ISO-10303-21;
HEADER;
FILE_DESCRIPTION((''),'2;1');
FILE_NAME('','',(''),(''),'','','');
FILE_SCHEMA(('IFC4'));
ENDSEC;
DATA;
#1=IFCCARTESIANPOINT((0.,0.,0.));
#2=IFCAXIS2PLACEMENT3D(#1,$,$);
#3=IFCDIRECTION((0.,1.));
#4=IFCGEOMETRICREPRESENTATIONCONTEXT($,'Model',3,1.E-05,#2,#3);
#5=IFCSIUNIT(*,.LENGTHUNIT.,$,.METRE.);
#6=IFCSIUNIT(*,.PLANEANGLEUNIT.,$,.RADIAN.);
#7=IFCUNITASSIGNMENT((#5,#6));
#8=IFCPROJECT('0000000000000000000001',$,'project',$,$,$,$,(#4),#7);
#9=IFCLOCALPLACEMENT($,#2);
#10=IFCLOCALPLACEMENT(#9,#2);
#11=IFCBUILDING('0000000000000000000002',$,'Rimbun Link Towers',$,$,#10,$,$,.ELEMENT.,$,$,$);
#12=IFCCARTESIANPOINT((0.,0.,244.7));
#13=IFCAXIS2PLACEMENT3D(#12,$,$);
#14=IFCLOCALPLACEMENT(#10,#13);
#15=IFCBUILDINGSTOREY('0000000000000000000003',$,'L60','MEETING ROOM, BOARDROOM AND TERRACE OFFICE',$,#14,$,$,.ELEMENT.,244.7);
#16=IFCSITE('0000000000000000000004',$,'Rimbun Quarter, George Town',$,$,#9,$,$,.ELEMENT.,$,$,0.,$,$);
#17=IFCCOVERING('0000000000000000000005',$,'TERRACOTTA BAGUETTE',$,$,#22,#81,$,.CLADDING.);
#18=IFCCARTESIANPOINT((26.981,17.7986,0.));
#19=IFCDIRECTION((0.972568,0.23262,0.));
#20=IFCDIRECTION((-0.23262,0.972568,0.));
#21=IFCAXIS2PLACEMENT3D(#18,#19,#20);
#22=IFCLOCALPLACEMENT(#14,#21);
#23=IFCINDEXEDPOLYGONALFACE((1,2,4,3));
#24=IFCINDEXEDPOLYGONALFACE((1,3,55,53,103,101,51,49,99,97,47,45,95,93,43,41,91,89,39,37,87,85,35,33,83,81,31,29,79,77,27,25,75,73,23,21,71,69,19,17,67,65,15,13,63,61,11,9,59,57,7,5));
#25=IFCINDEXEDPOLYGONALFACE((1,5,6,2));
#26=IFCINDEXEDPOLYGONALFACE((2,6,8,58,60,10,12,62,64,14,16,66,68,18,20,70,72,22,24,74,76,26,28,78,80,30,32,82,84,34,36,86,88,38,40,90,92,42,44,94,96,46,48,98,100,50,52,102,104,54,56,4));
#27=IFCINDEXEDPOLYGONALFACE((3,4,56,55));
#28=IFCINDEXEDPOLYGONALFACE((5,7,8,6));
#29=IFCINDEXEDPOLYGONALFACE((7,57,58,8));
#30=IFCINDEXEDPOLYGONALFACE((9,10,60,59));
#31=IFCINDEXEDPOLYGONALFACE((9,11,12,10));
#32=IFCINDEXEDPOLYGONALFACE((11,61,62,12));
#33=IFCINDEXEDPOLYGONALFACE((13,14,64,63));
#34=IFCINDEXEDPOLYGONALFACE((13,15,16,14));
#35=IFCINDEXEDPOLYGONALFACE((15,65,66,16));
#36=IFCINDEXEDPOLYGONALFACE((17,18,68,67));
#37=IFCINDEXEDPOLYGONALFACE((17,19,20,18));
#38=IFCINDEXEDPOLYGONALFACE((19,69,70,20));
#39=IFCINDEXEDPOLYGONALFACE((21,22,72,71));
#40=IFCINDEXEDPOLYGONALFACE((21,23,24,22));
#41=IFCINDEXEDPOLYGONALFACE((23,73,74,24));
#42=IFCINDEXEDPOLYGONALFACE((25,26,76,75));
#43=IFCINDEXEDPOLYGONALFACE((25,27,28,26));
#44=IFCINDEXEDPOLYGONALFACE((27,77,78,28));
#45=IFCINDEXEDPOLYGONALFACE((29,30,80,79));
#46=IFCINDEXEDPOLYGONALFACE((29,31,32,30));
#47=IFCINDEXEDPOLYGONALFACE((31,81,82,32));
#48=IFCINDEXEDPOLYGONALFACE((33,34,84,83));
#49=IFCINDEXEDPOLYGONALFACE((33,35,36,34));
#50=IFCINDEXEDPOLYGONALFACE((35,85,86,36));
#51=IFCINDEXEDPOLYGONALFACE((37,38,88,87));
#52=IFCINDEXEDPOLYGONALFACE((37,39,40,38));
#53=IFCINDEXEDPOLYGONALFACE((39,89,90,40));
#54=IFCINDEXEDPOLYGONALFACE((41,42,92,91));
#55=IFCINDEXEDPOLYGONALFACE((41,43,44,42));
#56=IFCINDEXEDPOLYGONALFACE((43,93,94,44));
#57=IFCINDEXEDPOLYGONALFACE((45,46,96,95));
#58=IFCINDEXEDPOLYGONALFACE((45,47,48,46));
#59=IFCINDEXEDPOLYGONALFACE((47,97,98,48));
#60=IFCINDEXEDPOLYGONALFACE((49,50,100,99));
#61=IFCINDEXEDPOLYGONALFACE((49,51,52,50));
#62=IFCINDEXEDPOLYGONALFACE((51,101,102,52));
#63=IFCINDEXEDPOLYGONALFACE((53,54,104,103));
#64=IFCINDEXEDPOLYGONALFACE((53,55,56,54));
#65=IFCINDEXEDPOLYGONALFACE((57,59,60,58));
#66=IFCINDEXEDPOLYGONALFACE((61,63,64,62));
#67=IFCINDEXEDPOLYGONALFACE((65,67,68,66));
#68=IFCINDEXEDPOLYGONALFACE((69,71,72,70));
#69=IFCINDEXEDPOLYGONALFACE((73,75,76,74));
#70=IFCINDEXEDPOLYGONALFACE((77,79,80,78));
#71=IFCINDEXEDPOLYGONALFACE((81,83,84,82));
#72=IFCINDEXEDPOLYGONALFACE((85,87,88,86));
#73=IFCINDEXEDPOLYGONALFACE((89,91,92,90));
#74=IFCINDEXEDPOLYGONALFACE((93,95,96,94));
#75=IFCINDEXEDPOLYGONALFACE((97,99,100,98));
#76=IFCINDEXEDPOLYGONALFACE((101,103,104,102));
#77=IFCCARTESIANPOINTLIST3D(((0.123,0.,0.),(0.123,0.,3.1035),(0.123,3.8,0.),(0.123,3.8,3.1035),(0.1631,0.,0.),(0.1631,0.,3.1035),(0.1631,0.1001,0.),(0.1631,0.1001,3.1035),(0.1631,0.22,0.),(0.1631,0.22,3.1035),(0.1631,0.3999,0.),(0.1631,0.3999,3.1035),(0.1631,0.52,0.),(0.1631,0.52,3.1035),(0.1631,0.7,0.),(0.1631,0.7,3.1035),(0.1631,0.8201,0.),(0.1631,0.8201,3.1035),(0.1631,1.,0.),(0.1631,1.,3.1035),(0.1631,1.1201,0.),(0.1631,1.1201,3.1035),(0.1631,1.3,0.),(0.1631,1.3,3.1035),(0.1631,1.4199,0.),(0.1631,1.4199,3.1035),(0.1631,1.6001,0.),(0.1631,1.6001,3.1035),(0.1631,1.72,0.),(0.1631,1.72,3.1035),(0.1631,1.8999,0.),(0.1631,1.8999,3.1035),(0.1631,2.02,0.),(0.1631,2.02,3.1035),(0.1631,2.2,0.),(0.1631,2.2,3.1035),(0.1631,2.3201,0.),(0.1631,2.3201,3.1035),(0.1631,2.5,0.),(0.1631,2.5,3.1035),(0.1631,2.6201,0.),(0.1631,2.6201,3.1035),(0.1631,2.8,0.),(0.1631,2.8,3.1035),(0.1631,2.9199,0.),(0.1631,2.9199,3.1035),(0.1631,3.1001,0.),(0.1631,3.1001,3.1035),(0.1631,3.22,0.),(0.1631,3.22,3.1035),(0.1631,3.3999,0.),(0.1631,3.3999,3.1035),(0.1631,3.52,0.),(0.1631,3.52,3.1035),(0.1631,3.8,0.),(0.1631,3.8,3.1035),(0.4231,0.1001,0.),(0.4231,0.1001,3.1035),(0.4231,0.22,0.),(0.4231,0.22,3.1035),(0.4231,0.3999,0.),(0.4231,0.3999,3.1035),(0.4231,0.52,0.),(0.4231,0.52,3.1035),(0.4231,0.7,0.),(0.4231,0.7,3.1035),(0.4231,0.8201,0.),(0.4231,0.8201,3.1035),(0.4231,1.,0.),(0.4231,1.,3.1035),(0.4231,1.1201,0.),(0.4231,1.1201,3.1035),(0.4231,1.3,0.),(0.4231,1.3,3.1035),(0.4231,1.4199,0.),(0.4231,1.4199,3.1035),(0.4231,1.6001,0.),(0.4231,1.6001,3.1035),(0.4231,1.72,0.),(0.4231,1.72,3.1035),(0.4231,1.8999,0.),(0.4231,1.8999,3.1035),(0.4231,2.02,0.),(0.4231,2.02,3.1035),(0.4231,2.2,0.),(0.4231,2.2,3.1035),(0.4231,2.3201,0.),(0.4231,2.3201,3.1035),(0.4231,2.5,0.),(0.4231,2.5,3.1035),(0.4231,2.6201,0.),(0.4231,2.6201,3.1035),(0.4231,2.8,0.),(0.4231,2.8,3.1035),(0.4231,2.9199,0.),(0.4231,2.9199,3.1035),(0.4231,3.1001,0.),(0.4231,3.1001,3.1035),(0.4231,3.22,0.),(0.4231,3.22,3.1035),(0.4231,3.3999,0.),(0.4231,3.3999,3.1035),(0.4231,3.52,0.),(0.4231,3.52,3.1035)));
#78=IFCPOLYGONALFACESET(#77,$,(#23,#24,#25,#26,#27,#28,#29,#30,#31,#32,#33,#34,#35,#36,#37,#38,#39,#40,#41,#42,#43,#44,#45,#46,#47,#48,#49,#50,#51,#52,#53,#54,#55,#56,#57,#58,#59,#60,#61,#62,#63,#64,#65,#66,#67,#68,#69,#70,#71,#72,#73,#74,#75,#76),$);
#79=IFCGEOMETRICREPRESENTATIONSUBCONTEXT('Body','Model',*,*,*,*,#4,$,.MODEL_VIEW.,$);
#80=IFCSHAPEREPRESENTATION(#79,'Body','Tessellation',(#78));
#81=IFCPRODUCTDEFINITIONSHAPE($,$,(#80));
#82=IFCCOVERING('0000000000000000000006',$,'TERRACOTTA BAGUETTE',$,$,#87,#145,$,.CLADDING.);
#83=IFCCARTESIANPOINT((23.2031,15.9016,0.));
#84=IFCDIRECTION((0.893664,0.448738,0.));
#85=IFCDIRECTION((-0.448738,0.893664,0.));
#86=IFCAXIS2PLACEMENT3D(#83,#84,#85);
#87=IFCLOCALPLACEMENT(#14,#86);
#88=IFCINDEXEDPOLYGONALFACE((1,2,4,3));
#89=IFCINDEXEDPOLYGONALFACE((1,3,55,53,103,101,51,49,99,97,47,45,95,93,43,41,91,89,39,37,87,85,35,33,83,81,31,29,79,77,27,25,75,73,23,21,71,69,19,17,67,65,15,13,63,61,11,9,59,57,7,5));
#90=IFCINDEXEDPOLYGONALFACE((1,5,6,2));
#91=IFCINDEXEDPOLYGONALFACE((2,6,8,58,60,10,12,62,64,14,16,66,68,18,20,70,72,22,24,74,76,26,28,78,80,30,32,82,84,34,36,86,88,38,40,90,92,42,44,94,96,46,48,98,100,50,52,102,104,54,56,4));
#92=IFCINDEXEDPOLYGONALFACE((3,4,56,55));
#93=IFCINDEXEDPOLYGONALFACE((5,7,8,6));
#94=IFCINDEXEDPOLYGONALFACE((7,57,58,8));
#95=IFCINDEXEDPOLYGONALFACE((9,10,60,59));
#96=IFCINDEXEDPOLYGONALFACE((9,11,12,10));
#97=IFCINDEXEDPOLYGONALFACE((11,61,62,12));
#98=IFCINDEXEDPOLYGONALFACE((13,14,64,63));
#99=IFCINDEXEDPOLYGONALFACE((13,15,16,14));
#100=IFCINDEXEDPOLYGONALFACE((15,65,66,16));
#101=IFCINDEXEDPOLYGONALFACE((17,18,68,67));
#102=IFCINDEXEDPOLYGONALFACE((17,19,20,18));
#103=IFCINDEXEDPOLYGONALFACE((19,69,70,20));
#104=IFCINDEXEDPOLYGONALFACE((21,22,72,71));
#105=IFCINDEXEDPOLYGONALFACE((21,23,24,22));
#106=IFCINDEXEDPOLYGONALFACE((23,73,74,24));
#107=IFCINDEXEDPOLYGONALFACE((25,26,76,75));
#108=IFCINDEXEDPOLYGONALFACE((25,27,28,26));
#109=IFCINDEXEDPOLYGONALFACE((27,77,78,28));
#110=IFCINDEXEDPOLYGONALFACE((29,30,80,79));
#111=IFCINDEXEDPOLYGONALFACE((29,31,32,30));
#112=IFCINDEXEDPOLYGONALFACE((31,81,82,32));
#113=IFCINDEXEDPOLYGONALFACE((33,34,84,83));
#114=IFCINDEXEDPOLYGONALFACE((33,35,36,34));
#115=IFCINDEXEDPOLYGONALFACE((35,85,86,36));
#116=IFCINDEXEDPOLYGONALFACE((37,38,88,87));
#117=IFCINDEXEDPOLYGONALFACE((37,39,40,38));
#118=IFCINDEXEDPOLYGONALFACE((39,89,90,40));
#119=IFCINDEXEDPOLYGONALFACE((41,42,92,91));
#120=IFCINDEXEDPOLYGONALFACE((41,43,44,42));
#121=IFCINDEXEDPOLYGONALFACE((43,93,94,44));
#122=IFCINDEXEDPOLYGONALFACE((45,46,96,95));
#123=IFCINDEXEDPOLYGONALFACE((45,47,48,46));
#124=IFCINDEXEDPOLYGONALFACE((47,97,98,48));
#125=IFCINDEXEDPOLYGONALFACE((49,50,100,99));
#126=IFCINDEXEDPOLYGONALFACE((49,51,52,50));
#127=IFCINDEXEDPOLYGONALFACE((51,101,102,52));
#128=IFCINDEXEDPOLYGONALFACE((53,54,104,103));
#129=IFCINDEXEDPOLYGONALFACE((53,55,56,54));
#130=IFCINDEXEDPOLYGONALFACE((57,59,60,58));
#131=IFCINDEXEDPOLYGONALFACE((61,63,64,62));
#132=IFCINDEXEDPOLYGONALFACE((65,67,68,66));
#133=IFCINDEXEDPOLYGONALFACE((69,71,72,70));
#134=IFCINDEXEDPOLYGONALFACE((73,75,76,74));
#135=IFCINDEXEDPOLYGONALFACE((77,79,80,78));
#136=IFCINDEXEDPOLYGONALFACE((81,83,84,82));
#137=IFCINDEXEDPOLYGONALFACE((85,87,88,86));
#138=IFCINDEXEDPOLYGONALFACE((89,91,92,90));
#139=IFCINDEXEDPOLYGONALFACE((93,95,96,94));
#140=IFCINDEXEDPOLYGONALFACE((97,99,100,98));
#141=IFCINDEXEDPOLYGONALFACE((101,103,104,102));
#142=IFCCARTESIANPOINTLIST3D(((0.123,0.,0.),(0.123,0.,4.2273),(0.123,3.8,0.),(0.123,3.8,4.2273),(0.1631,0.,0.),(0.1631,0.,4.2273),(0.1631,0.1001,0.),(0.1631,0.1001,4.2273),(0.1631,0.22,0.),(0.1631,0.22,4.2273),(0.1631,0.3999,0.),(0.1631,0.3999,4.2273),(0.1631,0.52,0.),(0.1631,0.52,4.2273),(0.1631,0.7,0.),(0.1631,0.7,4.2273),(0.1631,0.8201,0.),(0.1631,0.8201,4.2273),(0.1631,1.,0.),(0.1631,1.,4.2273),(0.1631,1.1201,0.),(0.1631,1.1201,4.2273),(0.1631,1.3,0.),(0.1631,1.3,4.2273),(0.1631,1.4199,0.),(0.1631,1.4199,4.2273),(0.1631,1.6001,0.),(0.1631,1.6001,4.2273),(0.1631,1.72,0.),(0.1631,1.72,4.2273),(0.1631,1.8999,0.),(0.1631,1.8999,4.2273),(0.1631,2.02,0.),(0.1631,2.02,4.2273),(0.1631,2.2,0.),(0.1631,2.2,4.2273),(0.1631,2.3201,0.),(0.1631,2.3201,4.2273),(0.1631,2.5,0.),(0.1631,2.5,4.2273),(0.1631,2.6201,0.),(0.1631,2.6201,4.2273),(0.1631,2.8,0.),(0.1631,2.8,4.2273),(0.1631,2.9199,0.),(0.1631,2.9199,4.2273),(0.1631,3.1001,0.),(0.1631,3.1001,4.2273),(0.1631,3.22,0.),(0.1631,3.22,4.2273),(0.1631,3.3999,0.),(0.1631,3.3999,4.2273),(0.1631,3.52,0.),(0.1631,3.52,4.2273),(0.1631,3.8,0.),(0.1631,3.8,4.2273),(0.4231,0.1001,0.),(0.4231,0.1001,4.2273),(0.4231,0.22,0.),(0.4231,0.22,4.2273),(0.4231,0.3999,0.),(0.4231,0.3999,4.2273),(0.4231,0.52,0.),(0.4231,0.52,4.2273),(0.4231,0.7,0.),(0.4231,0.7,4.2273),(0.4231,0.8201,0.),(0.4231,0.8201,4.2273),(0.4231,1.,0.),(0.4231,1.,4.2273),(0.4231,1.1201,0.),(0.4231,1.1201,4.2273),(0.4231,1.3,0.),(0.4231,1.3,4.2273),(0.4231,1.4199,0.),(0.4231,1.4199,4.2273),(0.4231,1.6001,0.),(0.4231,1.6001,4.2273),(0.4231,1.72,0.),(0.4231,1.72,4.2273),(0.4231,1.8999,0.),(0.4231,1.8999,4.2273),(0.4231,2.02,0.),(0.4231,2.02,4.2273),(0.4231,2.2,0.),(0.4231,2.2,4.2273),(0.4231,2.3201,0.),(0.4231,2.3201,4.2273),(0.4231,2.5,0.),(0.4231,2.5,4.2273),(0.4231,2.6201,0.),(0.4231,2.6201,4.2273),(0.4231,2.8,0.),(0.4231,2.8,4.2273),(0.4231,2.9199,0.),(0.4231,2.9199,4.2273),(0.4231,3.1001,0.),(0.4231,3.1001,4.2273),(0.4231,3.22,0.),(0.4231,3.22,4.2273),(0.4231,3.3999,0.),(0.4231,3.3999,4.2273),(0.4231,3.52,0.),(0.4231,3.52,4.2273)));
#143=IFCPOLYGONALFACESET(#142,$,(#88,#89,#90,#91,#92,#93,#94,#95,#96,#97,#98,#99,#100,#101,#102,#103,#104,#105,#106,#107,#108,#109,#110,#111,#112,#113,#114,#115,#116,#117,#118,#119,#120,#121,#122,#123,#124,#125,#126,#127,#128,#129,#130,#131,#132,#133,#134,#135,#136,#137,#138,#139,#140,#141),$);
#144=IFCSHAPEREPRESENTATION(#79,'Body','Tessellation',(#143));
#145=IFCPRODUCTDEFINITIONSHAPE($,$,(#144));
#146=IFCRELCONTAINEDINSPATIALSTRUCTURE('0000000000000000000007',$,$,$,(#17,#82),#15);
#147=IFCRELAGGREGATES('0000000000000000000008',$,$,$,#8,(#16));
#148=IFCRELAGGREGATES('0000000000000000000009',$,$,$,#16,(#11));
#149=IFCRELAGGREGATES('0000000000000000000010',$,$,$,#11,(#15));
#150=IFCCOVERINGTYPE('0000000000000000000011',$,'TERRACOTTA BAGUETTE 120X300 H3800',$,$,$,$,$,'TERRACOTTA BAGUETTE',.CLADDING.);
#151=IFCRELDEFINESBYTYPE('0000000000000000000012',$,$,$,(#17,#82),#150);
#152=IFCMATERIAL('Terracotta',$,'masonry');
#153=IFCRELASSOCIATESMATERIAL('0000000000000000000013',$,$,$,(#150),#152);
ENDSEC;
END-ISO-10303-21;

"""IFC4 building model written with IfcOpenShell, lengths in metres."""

from ifc_helpers import new_model, si_unit, direction, frame, origin, place, context, subcontext, project, spatial, polyline, outline, extrude, material, material_profile, profile_set, type_object, element, save


model = new_model("IFC4")

# Units and contexts
model_context = context("Model", 3, precision=1e-05, world=origin(), true_north=direction((0.0, 1.0)))
body_context = subcontext(model_context, "Body", "Model", "MODEL_VIEW")
ifc_project = project(units=[si_unit("LENGTHUNIT", "METRE"), si_unit("PLANEANGLEUNIT", "RADIAN")], contexts=[model_context])

# Site, building, storey
site_placement = place(None, origin())
site = spatial("IfcSite", under=ifc_project, at=site_placement, Name="Rimbun Quarter, George Town", CompositionType="ELEMENT", RefElevation=0.0)
building_placement = place(site_placement, origin())
building = spatial("IfcBuilding", under=site, at=building_placement, Name="Rimbun Link Towers", CompositionType="ELEMENT")
storey_placement = place(building_placement, frame((0.0, 0.0, 244.7)))
storey = spatial("IfcBuildingStorey", under=building, at=storey_placement, Name="L60", Description="MEETING ROOM, BOARDROOM AND TERRACE OFFICE", CompositionType="ELEMENT", Elevation=244.7)

# Coverings
ifc_material_1 = material(Name="Terracotta", Category="masonry")
ifc_material_profile_1 = material_profile(ifc_material_1, outline(polyline([(0.123, 0.0), (0.1631, 0.0), (0.1631, 0.1001), (0.4231, 0.1001), (0.4231, 0.22), (0.1631, 0.22), (0.1631, 0.3999), (0.4231, 0.3999), (0.4231, 0.52), (0.1631, 0.52), (0.1631, 0.7), (0.4231, 0.7), (0.4231, 0.8201), (0.1631, 0.8201), (0.1631, 1.0), (0.4231, 1.0), (0.4231, 1.1201), (0.1631, 1.1201), (0.1631, 1.3), (0.4231, 1.3), (0.4231, 1.4199), (0.1631, 1.4199), (0.1631, 1.6001), (0.4231, 1.6001), (0.4231, 1.72), (0.1631, 1.72), (0.1631, 1.8999), (0.4231, 1.8999), (0.4231, 2.02), (0.1631, 2.02), (0.1631, 2.2), (0.4231, 2.2), (0.4231, 2.3201), (0.1631, 2.3201), (0.1631, 2.5), (0.4231, 2.5), (0.4231, 2.6201), (0.1631, 2.6201), (0.1631, 2.8), (0.4231, 2.8), (0.4231, 2.9199), (0.1631, 2.9199), (0.1631, 3.1001), (0.4231, 3.1001), (0.4231, 3.22), (0.1631, 3.22), (0.1631, 3.3999), (0.4231, 3.3999), (0.4231, 3.52), (0.1631, 3.52), (0.1631, 3.8), (0.123, 3.8), (0.123, 0.0)])), Name="BAGUETTE 120X300")
ifc_profile_set_1 = profile_set([ifc_material_profile_1], Name="Terracotta")
covering_type = type_object("IfcCoveringType", Name="TERRACOTTA BAGUETTE 120X300 H3800", ElementType="TERRACOTTA BAGUETTE", PredefinedType="CLADDING", material=ifc_profile_set_1)
covering_1_placement = place(storey_placement, frame((26.981, 17.7986, 0.0), z_axis=(0.972568, 0.23262, 0.0), x_axis=(-0.23262, 0.972568, 0.0)))
element("IfcCovering", 1, at=covering_1_placement, inside=storey, type_object=covering_type, Name="TERRACOTTA BAGUETTE", PredefinedType="CLADDING", context=body_context, shape_type="SweptSolid", body=[
    extrude(outline(polyline([(0.123, 0.0), (0.1631, 0.0), (0.1631, 0.1001), (0.4231, 0.1001), (0.4231, 0.22), (0.1631, 0.22), (0.1631, 0.3999), (0.4231, 0.3999), (0.4231, 0.52), (0.1631, 0.52), (0.1631, 0.7), (0.4231, 0.7), (0.4231, 0.8201), (0.1631, 0.8201), (0.1631, 1.0), (0.4231, 1.0), (0.4231, 1.1201), (0.1631, 1.1201), (0.1631, 1.3), (0.4231, 1.3), (0.4231, 1.4199), (0.1631, 1.4199), (0.1631, 1.6001), (0.4231, 1.6001), (0.4231, 1.72), (0.1631, 1.72), (0.1631, 1.8999), (0.4231, 1.8999), (0.4231, 2.02), (0.1631, 2.02), (0.1631, 2.2), (0.4231, 2.2), (0.4231, 2.3201), (0.1631, 2.3201), (0.1631, 2.5), (0.4231, 2.5), (0.4231, 2.6201), (0.1631, 2.6201), (0.1631, 2.8), (0.4231, 2.8), (0.4231, 2.9199), (0.1631, 2.9199), (0.1631, 3.1001), (0.4231, 3.1001), (0.4231, 3.22), (0.1631, 3.22), (0.1631, 3.3999), (0.4231, 3.3999), (0.4231, 3.52), (0.1631, 3.52), (0.1631, 3.8), (0.123, 3.8), (0.123, 0.0)])), origin(), (0.0, 0.0, 1.0), 3.1035),
])
covering_2_placement = place(storey_placement, frame((23.2031, 15.9016, 0.0), z_axis=(0.893664, 0.448738, 0.0), x_axis=(-0.448738, 0.893664, 0.0)))
element("IfcCovering", 2, at=covering_2_placement, inside=storey, type_object=covering_type, Name="TERRACOTTA BAGUETTE", PredefinedType="CLADDING", context=body_context, shape_type="SweptSolid", body=[
    extrude(outline(polyline([(0.123, 0.0), (0.1631, 0.0), (0.1631, 0.1001), (0.4231, 0.1001), (0.4231, 0.22), (0.1631, 0.22), (0.1631, 0.3999), (0.4231, 0.3999), (0.4231, 0.52), (0.1631, 0.52), (0.1631, 0.7), (0.4231, 0.7), (0.4231, 0.8201), (0.1631, 0.8201), (0.1631, 1.0), (0.4231, 1.0), (0.4231, 1.1201), (0.1631, 1.1201), (0.1631, 1.3), (0.4231, 1.3), (0.4231, 1.4199), (0.1631, 1.4199), (0.1631, 1.6001), (0.4231, 1.6001), (0.4231, 1.72), (0.1631, 1.72), (0.1631, 1.8999), (0.4231, 1.8999), (0.4231, 2.02), (0.1631, 2.02), (0.1631, 2.2), (0.4231, 2.2), (0.4231, 2.3201), (0.1631, 2.3201), (0.1631, 2.5), (0.4231, 2.5), (0.4231, 2.6201), (0.1631, 2.6201), (0.1631, 2.8), (0.4231, 2.8), (0.4231, 2.9199), (0.1631, 2.9199), (0.1631, 3.1001), (0.4231, 3.1001), (0.4231, 3.22), (0.1631, 3.22), (0.1631, 3.3999), (0.4231, 3.3999), (0.4231, 3.52), (0.1631, 3.52), (0.1631, 3.8), (0.123, 3.8), (0.123, 0.0)])), origin(), (0.0, 0.0, 1.0), 4.2273),
])

save(model, "model.ifc")
